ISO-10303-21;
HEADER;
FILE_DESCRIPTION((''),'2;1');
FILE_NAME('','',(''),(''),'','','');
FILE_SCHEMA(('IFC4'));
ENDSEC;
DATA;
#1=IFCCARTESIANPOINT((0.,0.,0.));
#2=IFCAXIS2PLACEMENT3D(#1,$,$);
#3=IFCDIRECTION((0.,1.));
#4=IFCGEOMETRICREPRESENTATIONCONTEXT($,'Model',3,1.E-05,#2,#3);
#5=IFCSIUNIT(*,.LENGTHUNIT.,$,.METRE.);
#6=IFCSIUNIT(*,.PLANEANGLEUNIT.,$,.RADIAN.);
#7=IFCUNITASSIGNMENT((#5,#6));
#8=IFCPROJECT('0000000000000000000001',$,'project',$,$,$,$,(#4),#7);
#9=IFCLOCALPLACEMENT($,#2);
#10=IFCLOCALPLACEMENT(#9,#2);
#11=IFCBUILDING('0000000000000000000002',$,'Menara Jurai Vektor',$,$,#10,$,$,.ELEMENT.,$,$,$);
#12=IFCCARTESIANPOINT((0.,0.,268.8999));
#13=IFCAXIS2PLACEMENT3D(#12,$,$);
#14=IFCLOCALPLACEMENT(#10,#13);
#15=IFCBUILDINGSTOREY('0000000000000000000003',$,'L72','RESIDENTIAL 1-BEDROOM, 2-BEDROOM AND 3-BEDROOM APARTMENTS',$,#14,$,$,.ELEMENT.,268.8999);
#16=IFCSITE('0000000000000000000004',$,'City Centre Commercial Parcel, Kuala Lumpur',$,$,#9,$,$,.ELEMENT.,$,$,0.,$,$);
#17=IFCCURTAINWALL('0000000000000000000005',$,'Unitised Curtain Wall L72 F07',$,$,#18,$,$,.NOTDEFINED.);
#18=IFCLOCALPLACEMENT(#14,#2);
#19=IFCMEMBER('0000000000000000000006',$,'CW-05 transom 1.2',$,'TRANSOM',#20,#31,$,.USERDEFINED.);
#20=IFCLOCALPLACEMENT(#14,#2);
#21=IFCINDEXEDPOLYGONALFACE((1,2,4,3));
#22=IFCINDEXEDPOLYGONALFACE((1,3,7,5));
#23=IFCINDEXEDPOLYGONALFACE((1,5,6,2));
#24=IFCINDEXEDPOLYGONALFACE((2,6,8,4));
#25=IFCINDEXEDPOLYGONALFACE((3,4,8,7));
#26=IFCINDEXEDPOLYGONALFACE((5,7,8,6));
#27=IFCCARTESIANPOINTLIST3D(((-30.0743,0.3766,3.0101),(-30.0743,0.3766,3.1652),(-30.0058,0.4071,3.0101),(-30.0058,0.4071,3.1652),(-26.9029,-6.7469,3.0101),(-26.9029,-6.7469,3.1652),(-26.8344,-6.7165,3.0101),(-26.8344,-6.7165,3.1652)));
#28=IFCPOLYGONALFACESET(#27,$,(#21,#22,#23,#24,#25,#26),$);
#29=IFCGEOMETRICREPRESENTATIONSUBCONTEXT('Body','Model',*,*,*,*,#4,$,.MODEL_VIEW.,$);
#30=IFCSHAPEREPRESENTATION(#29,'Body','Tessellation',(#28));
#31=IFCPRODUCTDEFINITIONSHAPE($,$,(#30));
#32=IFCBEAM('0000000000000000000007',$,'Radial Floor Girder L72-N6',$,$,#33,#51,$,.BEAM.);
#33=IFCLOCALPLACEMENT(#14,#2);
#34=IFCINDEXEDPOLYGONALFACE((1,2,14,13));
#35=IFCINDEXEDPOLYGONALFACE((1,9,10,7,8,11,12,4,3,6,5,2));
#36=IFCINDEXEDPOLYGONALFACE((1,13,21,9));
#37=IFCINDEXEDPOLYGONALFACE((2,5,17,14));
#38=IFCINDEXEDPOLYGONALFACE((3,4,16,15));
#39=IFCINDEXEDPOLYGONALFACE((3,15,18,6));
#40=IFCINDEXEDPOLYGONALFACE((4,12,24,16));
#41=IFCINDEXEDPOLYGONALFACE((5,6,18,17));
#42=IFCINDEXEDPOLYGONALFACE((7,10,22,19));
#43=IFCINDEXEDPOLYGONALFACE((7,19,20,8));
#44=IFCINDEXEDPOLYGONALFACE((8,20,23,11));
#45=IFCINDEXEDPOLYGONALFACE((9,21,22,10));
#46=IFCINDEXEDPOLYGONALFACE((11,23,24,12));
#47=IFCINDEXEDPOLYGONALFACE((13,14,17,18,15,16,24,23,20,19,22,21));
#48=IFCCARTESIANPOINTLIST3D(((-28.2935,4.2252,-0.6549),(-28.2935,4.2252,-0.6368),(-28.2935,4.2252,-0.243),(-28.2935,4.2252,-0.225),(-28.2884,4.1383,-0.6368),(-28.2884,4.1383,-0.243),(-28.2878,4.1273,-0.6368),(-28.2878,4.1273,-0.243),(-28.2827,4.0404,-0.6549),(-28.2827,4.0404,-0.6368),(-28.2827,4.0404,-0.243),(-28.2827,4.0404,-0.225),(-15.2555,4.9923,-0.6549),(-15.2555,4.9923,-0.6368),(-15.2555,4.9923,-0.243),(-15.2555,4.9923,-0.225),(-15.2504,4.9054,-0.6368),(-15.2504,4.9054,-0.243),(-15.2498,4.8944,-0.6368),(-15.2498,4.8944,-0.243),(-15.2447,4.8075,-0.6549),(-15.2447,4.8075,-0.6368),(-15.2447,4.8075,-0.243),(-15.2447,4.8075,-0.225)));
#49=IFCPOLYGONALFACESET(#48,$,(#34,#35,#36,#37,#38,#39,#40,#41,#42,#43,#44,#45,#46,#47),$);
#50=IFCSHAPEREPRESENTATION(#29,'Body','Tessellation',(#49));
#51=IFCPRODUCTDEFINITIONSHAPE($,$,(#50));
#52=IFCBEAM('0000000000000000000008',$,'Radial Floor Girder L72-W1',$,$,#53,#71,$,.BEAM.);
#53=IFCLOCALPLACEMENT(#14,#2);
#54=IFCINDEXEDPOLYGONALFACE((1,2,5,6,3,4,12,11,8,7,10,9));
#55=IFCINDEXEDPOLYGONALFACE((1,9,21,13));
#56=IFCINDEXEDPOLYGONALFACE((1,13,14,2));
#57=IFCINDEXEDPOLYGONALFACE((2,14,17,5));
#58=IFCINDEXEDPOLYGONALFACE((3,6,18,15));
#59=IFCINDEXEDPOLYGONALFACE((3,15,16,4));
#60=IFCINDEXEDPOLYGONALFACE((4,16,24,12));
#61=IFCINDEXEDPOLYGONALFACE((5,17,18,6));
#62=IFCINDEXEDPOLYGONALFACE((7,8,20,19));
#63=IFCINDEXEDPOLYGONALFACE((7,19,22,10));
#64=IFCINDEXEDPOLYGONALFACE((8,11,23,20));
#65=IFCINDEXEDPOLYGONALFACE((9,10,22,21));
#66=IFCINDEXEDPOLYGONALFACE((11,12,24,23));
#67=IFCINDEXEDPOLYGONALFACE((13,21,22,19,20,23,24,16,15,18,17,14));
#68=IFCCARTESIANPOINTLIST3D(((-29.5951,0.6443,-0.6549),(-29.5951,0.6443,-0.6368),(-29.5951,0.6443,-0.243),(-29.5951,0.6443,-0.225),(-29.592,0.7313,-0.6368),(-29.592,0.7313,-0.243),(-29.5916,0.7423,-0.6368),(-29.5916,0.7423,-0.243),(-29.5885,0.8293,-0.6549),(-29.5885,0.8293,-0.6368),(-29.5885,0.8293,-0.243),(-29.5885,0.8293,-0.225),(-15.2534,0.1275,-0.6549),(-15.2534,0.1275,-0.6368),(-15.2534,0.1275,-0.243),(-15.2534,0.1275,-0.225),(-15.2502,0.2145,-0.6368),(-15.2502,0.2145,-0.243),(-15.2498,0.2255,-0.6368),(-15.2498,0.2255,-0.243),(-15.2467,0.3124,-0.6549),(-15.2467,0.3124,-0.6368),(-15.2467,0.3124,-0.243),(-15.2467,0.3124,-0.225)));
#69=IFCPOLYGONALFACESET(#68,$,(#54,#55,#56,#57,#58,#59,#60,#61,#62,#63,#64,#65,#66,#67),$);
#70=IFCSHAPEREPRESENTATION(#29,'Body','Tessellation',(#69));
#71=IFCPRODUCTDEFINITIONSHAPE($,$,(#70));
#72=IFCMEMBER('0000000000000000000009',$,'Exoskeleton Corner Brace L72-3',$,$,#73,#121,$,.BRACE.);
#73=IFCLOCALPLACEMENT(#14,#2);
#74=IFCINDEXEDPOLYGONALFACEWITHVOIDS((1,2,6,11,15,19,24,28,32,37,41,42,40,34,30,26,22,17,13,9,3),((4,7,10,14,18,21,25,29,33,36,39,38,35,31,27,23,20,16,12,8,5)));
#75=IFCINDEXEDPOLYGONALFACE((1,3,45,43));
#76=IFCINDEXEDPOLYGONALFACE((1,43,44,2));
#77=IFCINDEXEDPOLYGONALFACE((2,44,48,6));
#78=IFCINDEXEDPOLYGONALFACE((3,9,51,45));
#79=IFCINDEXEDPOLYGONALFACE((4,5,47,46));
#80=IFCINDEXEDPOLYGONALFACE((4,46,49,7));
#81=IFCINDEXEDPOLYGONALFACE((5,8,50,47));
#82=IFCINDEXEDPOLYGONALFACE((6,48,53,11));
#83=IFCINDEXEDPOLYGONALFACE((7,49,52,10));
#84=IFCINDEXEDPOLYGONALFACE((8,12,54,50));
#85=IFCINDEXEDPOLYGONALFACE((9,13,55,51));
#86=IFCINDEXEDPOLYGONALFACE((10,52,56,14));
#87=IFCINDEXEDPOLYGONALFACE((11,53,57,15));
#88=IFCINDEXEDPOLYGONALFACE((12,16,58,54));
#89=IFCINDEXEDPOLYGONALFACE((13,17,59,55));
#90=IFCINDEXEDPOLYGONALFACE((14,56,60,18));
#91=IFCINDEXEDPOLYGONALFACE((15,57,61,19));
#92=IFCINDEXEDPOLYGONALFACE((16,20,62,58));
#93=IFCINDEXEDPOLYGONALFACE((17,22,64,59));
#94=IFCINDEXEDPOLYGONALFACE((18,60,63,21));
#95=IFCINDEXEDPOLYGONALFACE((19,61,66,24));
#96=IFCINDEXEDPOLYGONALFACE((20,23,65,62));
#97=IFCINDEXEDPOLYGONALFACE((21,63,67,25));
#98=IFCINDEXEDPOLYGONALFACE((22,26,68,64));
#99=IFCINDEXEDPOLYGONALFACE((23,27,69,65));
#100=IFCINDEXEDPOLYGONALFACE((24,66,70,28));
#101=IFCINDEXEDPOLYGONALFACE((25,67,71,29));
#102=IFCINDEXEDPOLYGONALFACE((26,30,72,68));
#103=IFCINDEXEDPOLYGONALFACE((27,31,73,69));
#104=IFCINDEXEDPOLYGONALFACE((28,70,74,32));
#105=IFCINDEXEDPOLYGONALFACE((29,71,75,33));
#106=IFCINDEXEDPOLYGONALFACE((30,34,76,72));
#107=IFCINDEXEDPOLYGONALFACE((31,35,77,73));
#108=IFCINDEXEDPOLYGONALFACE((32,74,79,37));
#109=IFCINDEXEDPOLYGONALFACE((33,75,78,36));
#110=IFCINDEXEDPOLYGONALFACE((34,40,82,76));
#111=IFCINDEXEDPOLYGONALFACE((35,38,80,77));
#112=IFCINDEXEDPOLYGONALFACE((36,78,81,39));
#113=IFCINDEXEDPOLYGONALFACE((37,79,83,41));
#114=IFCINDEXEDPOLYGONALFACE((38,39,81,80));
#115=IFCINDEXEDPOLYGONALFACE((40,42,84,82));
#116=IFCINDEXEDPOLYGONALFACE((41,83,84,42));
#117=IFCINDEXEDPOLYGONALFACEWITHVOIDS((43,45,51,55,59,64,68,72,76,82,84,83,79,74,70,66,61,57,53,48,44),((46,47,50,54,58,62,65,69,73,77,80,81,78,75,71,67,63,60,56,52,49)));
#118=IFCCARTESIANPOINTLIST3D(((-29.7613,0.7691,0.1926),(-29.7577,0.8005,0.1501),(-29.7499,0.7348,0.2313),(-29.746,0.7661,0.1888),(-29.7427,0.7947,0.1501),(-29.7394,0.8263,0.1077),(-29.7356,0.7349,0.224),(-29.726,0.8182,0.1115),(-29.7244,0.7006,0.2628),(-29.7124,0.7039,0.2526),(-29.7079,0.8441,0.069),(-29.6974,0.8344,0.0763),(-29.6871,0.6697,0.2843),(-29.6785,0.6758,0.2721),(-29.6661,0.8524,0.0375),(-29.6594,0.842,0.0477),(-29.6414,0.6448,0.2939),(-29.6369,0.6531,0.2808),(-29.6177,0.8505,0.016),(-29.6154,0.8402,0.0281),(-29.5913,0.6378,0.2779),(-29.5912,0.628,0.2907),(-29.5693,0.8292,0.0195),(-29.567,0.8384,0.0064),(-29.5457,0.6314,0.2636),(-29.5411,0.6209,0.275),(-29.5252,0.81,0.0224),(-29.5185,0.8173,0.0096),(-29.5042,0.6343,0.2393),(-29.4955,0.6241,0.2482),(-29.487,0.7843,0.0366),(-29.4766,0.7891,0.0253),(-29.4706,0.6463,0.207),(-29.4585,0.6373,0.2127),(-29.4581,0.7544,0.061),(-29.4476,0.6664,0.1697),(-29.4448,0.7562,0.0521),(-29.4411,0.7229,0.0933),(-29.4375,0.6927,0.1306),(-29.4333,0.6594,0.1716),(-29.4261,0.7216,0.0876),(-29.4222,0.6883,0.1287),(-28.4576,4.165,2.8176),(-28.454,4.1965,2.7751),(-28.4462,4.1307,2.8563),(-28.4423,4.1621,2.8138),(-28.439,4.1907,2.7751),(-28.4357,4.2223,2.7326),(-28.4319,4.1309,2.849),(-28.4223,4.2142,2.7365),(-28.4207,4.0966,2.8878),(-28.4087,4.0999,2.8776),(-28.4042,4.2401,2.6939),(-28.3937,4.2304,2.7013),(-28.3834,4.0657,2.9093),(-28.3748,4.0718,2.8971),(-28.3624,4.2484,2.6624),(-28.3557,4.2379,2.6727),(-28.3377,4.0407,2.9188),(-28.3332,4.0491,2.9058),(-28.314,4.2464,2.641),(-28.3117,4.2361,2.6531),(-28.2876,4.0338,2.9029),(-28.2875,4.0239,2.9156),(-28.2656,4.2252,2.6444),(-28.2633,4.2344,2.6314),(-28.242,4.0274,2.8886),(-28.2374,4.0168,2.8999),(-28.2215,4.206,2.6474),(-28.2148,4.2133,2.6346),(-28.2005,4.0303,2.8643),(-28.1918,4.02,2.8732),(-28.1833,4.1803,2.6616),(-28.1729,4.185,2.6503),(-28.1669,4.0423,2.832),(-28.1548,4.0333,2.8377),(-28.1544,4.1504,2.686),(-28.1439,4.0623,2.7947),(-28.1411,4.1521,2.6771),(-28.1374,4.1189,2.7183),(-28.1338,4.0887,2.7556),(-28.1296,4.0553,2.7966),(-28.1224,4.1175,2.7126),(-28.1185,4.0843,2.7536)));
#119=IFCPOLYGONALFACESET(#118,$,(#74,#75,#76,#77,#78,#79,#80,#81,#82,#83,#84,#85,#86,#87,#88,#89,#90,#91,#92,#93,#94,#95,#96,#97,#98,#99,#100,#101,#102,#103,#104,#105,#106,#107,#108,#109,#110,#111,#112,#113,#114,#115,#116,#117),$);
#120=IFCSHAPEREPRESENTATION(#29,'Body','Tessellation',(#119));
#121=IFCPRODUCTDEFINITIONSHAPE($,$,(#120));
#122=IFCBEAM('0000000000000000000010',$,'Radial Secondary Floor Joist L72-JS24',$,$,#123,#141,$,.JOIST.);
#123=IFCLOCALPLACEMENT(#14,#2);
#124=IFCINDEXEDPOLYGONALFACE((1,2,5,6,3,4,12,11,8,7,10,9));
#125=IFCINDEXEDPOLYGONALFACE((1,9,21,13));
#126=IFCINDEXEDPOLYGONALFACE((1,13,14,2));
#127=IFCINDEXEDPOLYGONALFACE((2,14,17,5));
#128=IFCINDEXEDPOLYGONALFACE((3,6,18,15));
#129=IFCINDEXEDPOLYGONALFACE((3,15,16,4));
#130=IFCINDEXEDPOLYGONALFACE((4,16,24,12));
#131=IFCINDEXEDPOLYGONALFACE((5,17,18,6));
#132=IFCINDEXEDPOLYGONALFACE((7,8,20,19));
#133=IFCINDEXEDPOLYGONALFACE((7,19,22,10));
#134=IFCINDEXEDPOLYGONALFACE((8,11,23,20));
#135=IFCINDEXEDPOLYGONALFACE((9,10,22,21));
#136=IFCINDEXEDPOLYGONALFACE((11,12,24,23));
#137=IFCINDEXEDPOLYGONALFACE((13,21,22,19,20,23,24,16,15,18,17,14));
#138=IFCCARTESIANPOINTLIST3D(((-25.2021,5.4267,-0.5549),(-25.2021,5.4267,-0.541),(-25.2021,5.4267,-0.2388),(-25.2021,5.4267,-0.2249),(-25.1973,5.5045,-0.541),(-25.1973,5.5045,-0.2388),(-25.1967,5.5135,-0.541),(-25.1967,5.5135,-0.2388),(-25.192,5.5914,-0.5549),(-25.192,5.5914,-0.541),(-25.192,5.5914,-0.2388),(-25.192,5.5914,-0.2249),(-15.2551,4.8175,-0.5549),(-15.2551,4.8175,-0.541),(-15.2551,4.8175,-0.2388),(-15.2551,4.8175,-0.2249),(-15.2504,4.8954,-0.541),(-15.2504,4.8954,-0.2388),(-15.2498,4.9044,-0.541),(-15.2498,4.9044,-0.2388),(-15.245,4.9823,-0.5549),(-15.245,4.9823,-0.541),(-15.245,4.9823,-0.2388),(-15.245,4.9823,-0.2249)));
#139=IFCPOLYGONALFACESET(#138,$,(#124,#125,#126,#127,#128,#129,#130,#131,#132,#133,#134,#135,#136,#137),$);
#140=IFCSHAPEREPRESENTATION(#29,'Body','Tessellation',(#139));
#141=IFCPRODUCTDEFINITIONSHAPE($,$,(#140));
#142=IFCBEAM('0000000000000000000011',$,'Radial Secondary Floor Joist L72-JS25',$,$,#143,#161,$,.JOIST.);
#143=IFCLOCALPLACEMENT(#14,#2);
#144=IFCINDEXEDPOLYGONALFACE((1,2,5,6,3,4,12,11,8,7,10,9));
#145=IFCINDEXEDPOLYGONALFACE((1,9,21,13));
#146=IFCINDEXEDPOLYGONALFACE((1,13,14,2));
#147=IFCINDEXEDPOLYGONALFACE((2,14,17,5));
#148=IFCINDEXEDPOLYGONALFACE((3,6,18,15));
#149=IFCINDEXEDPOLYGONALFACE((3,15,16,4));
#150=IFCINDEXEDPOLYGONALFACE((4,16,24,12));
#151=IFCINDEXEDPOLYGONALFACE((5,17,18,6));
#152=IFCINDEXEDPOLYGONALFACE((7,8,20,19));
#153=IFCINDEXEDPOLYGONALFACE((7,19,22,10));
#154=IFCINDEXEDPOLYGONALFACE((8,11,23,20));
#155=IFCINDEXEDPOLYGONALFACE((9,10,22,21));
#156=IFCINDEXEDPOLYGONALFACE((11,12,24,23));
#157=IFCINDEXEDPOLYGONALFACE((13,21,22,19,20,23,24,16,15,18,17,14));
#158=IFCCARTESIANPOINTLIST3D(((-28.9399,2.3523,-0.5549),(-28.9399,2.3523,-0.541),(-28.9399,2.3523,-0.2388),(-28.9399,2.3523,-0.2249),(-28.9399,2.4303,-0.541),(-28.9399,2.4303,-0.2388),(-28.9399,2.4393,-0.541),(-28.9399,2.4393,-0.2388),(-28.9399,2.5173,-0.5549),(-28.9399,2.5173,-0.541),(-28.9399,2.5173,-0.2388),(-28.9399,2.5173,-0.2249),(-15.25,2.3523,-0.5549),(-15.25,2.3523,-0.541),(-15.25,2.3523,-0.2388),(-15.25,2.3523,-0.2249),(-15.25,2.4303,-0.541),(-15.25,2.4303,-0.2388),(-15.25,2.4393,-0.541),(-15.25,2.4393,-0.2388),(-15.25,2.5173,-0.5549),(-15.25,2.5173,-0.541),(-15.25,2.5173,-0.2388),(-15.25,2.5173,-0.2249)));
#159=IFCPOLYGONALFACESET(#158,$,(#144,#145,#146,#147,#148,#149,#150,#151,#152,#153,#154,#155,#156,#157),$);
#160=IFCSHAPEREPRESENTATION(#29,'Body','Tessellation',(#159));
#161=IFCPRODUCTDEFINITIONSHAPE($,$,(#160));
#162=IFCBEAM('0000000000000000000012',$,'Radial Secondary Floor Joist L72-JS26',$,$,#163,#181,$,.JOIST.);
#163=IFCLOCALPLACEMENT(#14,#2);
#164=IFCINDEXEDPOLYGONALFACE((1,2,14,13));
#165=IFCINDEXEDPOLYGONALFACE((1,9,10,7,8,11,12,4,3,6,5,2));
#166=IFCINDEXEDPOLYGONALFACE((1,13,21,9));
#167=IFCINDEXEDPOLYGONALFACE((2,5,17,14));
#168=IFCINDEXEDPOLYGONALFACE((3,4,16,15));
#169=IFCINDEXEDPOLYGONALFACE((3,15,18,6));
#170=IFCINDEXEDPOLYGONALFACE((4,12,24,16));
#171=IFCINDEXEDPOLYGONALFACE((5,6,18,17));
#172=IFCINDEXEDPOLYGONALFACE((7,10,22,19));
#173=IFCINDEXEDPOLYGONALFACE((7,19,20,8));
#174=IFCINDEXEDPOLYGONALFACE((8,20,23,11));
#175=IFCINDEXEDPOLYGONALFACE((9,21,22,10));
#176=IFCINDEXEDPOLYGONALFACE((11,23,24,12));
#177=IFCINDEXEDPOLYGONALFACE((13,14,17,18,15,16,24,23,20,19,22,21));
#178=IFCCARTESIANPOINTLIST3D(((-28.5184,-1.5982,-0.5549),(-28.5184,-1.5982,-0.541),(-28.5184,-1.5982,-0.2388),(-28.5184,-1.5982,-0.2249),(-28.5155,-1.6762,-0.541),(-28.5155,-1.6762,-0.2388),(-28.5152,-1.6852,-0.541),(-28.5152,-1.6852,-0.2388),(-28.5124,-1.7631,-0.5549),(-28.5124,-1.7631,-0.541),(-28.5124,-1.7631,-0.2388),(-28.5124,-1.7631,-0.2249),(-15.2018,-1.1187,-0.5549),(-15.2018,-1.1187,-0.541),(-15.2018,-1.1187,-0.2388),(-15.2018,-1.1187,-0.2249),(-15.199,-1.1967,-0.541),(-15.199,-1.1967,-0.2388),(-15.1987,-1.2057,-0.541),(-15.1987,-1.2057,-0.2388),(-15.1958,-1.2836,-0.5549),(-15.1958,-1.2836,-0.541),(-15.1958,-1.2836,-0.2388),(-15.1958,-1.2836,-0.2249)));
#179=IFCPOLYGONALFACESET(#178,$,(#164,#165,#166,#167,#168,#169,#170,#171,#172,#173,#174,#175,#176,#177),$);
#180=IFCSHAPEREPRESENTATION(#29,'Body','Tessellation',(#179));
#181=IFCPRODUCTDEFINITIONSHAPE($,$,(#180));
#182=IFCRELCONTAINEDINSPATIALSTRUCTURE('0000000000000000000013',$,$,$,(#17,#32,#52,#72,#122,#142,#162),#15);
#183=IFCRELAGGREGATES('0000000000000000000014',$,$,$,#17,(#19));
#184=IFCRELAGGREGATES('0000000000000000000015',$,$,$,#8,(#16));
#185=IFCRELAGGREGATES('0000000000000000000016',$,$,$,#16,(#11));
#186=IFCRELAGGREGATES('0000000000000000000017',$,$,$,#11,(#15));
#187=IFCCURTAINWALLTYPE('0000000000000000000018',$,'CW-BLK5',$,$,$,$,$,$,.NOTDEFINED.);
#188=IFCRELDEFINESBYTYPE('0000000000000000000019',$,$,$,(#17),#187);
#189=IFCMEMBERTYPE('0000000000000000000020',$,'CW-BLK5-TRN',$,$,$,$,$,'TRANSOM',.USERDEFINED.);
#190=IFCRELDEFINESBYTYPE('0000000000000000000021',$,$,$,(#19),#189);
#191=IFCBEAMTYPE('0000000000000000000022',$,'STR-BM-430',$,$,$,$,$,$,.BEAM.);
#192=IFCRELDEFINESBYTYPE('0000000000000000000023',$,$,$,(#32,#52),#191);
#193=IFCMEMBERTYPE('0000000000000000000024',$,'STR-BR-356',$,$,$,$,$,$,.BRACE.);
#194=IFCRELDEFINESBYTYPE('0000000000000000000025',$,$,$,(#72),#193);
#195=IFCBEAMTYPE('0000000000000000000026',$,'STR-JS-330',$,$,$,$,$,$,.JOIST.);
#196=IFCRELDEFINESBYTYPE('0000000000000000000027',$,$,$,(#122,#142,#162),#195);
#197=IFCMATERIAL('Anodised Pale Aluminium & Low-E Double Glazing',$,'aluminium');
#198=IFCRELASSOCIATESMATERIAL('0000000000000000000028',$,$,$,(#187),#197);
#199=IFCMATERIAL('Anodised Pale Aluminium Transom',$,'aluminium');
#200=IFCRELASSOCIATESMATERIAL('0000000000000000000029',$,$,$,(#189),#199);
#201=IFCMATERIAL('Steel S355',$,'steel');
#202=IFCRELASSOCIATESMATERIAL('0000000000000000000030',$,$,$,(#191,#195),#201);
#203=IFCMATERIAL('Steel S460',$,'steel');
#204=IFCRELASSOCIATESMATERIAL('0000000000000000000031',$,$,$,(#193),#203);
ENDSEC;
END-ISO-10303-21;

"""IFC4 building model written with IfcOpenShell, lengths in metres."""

from ifc_helpers import new_model, si_unit, direction, frame, origin, origin_2d, place, context, subcontext, project, spatial, rectangle, hollow_circle, i_section, extrude, material, material_profile, profile_set, type_object, element, aggregate, save


model = new_model("IFC4")

# Units and contexts
model_context = context("Model", 3, precision=1e-05, world=origin(), true_north=direction((0.0, 1.0)))
body_context = subcontext(model_context, "Body", "Model", "MODEL_VIEW")
ifc_project = project(units=[si_unit("LENGTHUNIT", "METRE"), si_unit("PLANEANGLEUNIT", "RADIAN")], contexts=[model_context])

# Site, building, storey
site_placement = place(None, origin())
site = spatial("IfcSite", under=ifc_project, at=site_placement, Name="City Centre Commercial Parcel, Kuala Lumpur", CompositionType="ELEMENT", RefElevation=0.0)
building_placement = place(site_placement, origin())
building = spatial("IfcBuilding", under=site, at=building_placement, Name="Menara Jurai Vektor", CompositionType="ELEMENT")
storey_placement = place(building_placement, frame((0.0, 0.0, 268.8999)))
storey = spatial("IfcBuildingStorey", under=building, at=storey_placement, Name="L72", Description="RESIDENTIAL 1-BEDROOM, 2-BEDROOM AND 3-BEDROOM APARTMENTS", CompositionType="ELEMENT", Elevation=268.8999)

# Shared definitions
ifc_material_1 = material(Name="Steel S460", Category="steel")

# Shared definitions
ifc_material_2 = material(Name="Anodised Pale Aluminium & Low-E Double Glazing", Category="aluminium")
curtain_wall_type = type_object("IfcCurtainWallType", Name="CW-BLK5", PredefinedType="NOTDEFINED", material=ifc_material_2)

# Curtain wall
curtain_wall_1_placement = place(storey_placement, origin())
curtain_wall_1 = element("IfcCurtainWall", 1, at=curtain_wall_1_placement, inside=storey, type_object=curtain_wall_type, Name="Unitised Curtain Wall L72 F07", PredefinedType="NOTDEFINED")

# Member
ifc_material_3 = material(Name="Anodised Pale Aluminium Transom", Category="aluminium")
ifc_material_profile_1 = material_profile(ifc_material_3, rectangle(XDim=0.075, YDim=0.155, at=origin_2d()), Name="ALU TRN 75x155")
ifc_profile_set_1 = profile_set([ifc_material_profile_1], Name="Anodised Pale Aluminium Transom")
member_type_1 = type_object("IfcMemberType", Name="CW-BLK5-TRN", ElementType="TRANSOM", PredefinedType="USERDEFINED", material=ifc_profile_set_1)
member_1_placement = place(storey_placement, frame((-30.04, 0.3918, 3.0876), z_axis=(0.406714, -0.913556, 0.0), x_axis=(0.913556, 0.406714, 0.0)))
member_1 = element("IfcMember", 2, at=member_1_placement, type_object=member_type_1, Name="CW-05 transom 1.2", ObjectType="TRANSOM", PredefinedType="USERDEFINED", context=body_context, shape_type="SweptSolid", body=[
    extrude(rectangle(XDim=0.075, YDim=0.155, at=origin_2d()), origin(), (0.0, 0.0, 1.0), 7.7976),
])
aggregate(curtain_wall_1, [member_1])

# Beams
ifc_material_4 = material(Name="Steel S355", Category="steel")
ifc_material_profile_2 = material_profile(ifc_material_4, i_section(OverallWidth=0.1851, OverallDepth=0.4299, WebThickness=0.011, FlangeThickness=0.0181, at=origin_2d()), Name="PG 430x185x76")
ifc_profile_set_2 = profile_set([ifc_material_profile_2], Name="Steel S355")
beam_type_1 = type_object("IfcBeamType", Name="STR-BM-430", PredefinedType="BEAM", material=ifc_profile_set_2)
beam_1_placement = place(storey_placement, frame((-28.2881, 4.1328, -0.4399), z_axis=(0.998274, 0.058733, 0.0), x_axis=(-0.058733, 0.998274, 0.0)))
element("IfcBeam", 3, at=beam_1_placement, inside=storey, type_object=beam_type_1, Name="Radial Floor Girder L72-N6", PredefinedType="BEAM", context=body_context, shape_type="SweptSolid", body=[
    extrude(i_section(OverallWidth=0.1851, OverallDepth=0.4299, WebThickness=0.011, FlangeThickness=0.0181, at=origin_2d()), origin(), (0.0, 0.0, 1.0), 13.0605),
])
beam_2_placement = place(storey_placement, frame((-29.5918, 0.7368, -0.4399), z_axis=(0.999351, -0.036014, 0.0), x_axis=(0.036014, 0.999351, 0.0)))
element("IfcBeam", 4, at=beam_2_placement, inside=storey, type_object=beam_type_1, Name="Radial Floor Girder L72-W1", PredefinedType="BEAM", context=body_context, shape_type="SweptSolid", body=[
    extrude(i_section(OverallWidth=0.1851, OverallDepth=0.4299, WebThickness=0.011, FlangeThickness=0.0181, at=origin_2d()), origin(), (0.0, 0.0, 1.0), 14.3511),
])

# Member
ifc_material_profile_3 = material_profile(ifc_material_1, hollow_circle(Radius=0.1777, WallThickness=0.0161, at=origin_2d()), Name="CHS 355.6x16")
ifc_profile_set_3 = profile_set([ifc_material_profile_3], Name="Steel S460")
member_type_2 = type_object("IfcMemberType", Name="STR-BR-356", PredefinedType="BRACE", material=ifc_profile_set_3)
member_2_placement = place(storey_placement, frame((-29.5918, 0.7368, 0.1501), z_axis=(0.290626, 0.757042, 0.58517), x_axis=(-0.93357, 0.358394, 0.0)))
element("IfcMember", 5, at=member_2_placement, inside=storey, type_object=member_type_2, Name="Exoskeleton Corner Brace L72-3", PredefinedType="BRACE", context=body_context, shape_type="SweptSolid", body=[
    extrude(hollow_circle(Radius=0.1777, WallThickness=0.0161, at=origin_2d()), origin(), (0.0, 0.0, 1.0), 4.4858),
])

# Beams
ifc_material_profile_4 = material_profile(ifc_material_4, i_section(OverallWidth=0.165, OverallDepth=0.3301, WebThickness=0.009, FlangeThickness=0.0139, at=origin_2d()), Name="PG 330x165x46")
ifc_profile_set_4 = profile_set([ifc_material_profile_4], Name="Steel S355")
beam_type_2 = type_object("IfcBeamType", Name="STR-JS-330", PredefinedType="JOIST", material=ifc_profile_set_4)
beam_3_placement = place(storey_placement, frame((-25.197, 5.509, -0.3899), z_axis=(0.99813, -0.061123, 0.0), x_axis=(0.061123, 0.99813, 0.0)))
element("IfcBeam", 6, at=beam_3_placement, inside=storey, type_object=beam_type_2, Name="Radial Secondary Floor Joist L72-JS24", PredefinedType="JOIST", context=body_context, shape_type="SweptSolid", body=[
    extrude(i_section(OverallWidth=0.165, OverallDepth=0.3301, WebThickness=0.009, FlangeThickness=0.0139, at=origin_2d()), origin(), (0.0, 0.0, 1.0), 9.9656),
])
beam_4_placement = place(storey_placement, frame((-28.9399, 2.4348, -0.3899), z_axis=(1.0, 0.0, 0.0), x_axis=(0.0, 1.0, 0.0)))
element("IfcBeam", 7, at=beam_4_placement, inside=storey, type_object=beam_type_2, Name="Radial Secondary Floor Joist L72-JS25", PredefinedType="JOIST", context=body_context, shape_type="SweptSolid", body=[
    extrude(i_section(OverallWidth=0.165, OverallDepth=0.3301, WebThickness=0.009, FlangeThickness=0.0139, at=origin_2d()), origin(), (0.0, 0.0, 1.0), 13.6899),
])
beam_5_placement = place(storey_placement, frame((-28.5154, -1.6807, -0.3899), z_axis=(0.999352, 0.035984, 0.0), x_axis=(-0.035984, 0.999352, 0.0)))
element("IfcBeam", 8, at=beam_5_placement, inside=storey, type_object=beam_type_2, Name="Radial Secondary Floor Joist L72-JS26", PredefinedType="JOIST", context=body_context, shape_type="SweptSolid", body=[
    extrude(i_section(OverallWidth=0.165, OverallDepth=0.3301, WebThickness=0.009, FlangeThickness=0.0139, at=origin_2d()), origin(), (0.0, 0.0, 1.0), 13.3252),
])

save(model, "model.ifc")
